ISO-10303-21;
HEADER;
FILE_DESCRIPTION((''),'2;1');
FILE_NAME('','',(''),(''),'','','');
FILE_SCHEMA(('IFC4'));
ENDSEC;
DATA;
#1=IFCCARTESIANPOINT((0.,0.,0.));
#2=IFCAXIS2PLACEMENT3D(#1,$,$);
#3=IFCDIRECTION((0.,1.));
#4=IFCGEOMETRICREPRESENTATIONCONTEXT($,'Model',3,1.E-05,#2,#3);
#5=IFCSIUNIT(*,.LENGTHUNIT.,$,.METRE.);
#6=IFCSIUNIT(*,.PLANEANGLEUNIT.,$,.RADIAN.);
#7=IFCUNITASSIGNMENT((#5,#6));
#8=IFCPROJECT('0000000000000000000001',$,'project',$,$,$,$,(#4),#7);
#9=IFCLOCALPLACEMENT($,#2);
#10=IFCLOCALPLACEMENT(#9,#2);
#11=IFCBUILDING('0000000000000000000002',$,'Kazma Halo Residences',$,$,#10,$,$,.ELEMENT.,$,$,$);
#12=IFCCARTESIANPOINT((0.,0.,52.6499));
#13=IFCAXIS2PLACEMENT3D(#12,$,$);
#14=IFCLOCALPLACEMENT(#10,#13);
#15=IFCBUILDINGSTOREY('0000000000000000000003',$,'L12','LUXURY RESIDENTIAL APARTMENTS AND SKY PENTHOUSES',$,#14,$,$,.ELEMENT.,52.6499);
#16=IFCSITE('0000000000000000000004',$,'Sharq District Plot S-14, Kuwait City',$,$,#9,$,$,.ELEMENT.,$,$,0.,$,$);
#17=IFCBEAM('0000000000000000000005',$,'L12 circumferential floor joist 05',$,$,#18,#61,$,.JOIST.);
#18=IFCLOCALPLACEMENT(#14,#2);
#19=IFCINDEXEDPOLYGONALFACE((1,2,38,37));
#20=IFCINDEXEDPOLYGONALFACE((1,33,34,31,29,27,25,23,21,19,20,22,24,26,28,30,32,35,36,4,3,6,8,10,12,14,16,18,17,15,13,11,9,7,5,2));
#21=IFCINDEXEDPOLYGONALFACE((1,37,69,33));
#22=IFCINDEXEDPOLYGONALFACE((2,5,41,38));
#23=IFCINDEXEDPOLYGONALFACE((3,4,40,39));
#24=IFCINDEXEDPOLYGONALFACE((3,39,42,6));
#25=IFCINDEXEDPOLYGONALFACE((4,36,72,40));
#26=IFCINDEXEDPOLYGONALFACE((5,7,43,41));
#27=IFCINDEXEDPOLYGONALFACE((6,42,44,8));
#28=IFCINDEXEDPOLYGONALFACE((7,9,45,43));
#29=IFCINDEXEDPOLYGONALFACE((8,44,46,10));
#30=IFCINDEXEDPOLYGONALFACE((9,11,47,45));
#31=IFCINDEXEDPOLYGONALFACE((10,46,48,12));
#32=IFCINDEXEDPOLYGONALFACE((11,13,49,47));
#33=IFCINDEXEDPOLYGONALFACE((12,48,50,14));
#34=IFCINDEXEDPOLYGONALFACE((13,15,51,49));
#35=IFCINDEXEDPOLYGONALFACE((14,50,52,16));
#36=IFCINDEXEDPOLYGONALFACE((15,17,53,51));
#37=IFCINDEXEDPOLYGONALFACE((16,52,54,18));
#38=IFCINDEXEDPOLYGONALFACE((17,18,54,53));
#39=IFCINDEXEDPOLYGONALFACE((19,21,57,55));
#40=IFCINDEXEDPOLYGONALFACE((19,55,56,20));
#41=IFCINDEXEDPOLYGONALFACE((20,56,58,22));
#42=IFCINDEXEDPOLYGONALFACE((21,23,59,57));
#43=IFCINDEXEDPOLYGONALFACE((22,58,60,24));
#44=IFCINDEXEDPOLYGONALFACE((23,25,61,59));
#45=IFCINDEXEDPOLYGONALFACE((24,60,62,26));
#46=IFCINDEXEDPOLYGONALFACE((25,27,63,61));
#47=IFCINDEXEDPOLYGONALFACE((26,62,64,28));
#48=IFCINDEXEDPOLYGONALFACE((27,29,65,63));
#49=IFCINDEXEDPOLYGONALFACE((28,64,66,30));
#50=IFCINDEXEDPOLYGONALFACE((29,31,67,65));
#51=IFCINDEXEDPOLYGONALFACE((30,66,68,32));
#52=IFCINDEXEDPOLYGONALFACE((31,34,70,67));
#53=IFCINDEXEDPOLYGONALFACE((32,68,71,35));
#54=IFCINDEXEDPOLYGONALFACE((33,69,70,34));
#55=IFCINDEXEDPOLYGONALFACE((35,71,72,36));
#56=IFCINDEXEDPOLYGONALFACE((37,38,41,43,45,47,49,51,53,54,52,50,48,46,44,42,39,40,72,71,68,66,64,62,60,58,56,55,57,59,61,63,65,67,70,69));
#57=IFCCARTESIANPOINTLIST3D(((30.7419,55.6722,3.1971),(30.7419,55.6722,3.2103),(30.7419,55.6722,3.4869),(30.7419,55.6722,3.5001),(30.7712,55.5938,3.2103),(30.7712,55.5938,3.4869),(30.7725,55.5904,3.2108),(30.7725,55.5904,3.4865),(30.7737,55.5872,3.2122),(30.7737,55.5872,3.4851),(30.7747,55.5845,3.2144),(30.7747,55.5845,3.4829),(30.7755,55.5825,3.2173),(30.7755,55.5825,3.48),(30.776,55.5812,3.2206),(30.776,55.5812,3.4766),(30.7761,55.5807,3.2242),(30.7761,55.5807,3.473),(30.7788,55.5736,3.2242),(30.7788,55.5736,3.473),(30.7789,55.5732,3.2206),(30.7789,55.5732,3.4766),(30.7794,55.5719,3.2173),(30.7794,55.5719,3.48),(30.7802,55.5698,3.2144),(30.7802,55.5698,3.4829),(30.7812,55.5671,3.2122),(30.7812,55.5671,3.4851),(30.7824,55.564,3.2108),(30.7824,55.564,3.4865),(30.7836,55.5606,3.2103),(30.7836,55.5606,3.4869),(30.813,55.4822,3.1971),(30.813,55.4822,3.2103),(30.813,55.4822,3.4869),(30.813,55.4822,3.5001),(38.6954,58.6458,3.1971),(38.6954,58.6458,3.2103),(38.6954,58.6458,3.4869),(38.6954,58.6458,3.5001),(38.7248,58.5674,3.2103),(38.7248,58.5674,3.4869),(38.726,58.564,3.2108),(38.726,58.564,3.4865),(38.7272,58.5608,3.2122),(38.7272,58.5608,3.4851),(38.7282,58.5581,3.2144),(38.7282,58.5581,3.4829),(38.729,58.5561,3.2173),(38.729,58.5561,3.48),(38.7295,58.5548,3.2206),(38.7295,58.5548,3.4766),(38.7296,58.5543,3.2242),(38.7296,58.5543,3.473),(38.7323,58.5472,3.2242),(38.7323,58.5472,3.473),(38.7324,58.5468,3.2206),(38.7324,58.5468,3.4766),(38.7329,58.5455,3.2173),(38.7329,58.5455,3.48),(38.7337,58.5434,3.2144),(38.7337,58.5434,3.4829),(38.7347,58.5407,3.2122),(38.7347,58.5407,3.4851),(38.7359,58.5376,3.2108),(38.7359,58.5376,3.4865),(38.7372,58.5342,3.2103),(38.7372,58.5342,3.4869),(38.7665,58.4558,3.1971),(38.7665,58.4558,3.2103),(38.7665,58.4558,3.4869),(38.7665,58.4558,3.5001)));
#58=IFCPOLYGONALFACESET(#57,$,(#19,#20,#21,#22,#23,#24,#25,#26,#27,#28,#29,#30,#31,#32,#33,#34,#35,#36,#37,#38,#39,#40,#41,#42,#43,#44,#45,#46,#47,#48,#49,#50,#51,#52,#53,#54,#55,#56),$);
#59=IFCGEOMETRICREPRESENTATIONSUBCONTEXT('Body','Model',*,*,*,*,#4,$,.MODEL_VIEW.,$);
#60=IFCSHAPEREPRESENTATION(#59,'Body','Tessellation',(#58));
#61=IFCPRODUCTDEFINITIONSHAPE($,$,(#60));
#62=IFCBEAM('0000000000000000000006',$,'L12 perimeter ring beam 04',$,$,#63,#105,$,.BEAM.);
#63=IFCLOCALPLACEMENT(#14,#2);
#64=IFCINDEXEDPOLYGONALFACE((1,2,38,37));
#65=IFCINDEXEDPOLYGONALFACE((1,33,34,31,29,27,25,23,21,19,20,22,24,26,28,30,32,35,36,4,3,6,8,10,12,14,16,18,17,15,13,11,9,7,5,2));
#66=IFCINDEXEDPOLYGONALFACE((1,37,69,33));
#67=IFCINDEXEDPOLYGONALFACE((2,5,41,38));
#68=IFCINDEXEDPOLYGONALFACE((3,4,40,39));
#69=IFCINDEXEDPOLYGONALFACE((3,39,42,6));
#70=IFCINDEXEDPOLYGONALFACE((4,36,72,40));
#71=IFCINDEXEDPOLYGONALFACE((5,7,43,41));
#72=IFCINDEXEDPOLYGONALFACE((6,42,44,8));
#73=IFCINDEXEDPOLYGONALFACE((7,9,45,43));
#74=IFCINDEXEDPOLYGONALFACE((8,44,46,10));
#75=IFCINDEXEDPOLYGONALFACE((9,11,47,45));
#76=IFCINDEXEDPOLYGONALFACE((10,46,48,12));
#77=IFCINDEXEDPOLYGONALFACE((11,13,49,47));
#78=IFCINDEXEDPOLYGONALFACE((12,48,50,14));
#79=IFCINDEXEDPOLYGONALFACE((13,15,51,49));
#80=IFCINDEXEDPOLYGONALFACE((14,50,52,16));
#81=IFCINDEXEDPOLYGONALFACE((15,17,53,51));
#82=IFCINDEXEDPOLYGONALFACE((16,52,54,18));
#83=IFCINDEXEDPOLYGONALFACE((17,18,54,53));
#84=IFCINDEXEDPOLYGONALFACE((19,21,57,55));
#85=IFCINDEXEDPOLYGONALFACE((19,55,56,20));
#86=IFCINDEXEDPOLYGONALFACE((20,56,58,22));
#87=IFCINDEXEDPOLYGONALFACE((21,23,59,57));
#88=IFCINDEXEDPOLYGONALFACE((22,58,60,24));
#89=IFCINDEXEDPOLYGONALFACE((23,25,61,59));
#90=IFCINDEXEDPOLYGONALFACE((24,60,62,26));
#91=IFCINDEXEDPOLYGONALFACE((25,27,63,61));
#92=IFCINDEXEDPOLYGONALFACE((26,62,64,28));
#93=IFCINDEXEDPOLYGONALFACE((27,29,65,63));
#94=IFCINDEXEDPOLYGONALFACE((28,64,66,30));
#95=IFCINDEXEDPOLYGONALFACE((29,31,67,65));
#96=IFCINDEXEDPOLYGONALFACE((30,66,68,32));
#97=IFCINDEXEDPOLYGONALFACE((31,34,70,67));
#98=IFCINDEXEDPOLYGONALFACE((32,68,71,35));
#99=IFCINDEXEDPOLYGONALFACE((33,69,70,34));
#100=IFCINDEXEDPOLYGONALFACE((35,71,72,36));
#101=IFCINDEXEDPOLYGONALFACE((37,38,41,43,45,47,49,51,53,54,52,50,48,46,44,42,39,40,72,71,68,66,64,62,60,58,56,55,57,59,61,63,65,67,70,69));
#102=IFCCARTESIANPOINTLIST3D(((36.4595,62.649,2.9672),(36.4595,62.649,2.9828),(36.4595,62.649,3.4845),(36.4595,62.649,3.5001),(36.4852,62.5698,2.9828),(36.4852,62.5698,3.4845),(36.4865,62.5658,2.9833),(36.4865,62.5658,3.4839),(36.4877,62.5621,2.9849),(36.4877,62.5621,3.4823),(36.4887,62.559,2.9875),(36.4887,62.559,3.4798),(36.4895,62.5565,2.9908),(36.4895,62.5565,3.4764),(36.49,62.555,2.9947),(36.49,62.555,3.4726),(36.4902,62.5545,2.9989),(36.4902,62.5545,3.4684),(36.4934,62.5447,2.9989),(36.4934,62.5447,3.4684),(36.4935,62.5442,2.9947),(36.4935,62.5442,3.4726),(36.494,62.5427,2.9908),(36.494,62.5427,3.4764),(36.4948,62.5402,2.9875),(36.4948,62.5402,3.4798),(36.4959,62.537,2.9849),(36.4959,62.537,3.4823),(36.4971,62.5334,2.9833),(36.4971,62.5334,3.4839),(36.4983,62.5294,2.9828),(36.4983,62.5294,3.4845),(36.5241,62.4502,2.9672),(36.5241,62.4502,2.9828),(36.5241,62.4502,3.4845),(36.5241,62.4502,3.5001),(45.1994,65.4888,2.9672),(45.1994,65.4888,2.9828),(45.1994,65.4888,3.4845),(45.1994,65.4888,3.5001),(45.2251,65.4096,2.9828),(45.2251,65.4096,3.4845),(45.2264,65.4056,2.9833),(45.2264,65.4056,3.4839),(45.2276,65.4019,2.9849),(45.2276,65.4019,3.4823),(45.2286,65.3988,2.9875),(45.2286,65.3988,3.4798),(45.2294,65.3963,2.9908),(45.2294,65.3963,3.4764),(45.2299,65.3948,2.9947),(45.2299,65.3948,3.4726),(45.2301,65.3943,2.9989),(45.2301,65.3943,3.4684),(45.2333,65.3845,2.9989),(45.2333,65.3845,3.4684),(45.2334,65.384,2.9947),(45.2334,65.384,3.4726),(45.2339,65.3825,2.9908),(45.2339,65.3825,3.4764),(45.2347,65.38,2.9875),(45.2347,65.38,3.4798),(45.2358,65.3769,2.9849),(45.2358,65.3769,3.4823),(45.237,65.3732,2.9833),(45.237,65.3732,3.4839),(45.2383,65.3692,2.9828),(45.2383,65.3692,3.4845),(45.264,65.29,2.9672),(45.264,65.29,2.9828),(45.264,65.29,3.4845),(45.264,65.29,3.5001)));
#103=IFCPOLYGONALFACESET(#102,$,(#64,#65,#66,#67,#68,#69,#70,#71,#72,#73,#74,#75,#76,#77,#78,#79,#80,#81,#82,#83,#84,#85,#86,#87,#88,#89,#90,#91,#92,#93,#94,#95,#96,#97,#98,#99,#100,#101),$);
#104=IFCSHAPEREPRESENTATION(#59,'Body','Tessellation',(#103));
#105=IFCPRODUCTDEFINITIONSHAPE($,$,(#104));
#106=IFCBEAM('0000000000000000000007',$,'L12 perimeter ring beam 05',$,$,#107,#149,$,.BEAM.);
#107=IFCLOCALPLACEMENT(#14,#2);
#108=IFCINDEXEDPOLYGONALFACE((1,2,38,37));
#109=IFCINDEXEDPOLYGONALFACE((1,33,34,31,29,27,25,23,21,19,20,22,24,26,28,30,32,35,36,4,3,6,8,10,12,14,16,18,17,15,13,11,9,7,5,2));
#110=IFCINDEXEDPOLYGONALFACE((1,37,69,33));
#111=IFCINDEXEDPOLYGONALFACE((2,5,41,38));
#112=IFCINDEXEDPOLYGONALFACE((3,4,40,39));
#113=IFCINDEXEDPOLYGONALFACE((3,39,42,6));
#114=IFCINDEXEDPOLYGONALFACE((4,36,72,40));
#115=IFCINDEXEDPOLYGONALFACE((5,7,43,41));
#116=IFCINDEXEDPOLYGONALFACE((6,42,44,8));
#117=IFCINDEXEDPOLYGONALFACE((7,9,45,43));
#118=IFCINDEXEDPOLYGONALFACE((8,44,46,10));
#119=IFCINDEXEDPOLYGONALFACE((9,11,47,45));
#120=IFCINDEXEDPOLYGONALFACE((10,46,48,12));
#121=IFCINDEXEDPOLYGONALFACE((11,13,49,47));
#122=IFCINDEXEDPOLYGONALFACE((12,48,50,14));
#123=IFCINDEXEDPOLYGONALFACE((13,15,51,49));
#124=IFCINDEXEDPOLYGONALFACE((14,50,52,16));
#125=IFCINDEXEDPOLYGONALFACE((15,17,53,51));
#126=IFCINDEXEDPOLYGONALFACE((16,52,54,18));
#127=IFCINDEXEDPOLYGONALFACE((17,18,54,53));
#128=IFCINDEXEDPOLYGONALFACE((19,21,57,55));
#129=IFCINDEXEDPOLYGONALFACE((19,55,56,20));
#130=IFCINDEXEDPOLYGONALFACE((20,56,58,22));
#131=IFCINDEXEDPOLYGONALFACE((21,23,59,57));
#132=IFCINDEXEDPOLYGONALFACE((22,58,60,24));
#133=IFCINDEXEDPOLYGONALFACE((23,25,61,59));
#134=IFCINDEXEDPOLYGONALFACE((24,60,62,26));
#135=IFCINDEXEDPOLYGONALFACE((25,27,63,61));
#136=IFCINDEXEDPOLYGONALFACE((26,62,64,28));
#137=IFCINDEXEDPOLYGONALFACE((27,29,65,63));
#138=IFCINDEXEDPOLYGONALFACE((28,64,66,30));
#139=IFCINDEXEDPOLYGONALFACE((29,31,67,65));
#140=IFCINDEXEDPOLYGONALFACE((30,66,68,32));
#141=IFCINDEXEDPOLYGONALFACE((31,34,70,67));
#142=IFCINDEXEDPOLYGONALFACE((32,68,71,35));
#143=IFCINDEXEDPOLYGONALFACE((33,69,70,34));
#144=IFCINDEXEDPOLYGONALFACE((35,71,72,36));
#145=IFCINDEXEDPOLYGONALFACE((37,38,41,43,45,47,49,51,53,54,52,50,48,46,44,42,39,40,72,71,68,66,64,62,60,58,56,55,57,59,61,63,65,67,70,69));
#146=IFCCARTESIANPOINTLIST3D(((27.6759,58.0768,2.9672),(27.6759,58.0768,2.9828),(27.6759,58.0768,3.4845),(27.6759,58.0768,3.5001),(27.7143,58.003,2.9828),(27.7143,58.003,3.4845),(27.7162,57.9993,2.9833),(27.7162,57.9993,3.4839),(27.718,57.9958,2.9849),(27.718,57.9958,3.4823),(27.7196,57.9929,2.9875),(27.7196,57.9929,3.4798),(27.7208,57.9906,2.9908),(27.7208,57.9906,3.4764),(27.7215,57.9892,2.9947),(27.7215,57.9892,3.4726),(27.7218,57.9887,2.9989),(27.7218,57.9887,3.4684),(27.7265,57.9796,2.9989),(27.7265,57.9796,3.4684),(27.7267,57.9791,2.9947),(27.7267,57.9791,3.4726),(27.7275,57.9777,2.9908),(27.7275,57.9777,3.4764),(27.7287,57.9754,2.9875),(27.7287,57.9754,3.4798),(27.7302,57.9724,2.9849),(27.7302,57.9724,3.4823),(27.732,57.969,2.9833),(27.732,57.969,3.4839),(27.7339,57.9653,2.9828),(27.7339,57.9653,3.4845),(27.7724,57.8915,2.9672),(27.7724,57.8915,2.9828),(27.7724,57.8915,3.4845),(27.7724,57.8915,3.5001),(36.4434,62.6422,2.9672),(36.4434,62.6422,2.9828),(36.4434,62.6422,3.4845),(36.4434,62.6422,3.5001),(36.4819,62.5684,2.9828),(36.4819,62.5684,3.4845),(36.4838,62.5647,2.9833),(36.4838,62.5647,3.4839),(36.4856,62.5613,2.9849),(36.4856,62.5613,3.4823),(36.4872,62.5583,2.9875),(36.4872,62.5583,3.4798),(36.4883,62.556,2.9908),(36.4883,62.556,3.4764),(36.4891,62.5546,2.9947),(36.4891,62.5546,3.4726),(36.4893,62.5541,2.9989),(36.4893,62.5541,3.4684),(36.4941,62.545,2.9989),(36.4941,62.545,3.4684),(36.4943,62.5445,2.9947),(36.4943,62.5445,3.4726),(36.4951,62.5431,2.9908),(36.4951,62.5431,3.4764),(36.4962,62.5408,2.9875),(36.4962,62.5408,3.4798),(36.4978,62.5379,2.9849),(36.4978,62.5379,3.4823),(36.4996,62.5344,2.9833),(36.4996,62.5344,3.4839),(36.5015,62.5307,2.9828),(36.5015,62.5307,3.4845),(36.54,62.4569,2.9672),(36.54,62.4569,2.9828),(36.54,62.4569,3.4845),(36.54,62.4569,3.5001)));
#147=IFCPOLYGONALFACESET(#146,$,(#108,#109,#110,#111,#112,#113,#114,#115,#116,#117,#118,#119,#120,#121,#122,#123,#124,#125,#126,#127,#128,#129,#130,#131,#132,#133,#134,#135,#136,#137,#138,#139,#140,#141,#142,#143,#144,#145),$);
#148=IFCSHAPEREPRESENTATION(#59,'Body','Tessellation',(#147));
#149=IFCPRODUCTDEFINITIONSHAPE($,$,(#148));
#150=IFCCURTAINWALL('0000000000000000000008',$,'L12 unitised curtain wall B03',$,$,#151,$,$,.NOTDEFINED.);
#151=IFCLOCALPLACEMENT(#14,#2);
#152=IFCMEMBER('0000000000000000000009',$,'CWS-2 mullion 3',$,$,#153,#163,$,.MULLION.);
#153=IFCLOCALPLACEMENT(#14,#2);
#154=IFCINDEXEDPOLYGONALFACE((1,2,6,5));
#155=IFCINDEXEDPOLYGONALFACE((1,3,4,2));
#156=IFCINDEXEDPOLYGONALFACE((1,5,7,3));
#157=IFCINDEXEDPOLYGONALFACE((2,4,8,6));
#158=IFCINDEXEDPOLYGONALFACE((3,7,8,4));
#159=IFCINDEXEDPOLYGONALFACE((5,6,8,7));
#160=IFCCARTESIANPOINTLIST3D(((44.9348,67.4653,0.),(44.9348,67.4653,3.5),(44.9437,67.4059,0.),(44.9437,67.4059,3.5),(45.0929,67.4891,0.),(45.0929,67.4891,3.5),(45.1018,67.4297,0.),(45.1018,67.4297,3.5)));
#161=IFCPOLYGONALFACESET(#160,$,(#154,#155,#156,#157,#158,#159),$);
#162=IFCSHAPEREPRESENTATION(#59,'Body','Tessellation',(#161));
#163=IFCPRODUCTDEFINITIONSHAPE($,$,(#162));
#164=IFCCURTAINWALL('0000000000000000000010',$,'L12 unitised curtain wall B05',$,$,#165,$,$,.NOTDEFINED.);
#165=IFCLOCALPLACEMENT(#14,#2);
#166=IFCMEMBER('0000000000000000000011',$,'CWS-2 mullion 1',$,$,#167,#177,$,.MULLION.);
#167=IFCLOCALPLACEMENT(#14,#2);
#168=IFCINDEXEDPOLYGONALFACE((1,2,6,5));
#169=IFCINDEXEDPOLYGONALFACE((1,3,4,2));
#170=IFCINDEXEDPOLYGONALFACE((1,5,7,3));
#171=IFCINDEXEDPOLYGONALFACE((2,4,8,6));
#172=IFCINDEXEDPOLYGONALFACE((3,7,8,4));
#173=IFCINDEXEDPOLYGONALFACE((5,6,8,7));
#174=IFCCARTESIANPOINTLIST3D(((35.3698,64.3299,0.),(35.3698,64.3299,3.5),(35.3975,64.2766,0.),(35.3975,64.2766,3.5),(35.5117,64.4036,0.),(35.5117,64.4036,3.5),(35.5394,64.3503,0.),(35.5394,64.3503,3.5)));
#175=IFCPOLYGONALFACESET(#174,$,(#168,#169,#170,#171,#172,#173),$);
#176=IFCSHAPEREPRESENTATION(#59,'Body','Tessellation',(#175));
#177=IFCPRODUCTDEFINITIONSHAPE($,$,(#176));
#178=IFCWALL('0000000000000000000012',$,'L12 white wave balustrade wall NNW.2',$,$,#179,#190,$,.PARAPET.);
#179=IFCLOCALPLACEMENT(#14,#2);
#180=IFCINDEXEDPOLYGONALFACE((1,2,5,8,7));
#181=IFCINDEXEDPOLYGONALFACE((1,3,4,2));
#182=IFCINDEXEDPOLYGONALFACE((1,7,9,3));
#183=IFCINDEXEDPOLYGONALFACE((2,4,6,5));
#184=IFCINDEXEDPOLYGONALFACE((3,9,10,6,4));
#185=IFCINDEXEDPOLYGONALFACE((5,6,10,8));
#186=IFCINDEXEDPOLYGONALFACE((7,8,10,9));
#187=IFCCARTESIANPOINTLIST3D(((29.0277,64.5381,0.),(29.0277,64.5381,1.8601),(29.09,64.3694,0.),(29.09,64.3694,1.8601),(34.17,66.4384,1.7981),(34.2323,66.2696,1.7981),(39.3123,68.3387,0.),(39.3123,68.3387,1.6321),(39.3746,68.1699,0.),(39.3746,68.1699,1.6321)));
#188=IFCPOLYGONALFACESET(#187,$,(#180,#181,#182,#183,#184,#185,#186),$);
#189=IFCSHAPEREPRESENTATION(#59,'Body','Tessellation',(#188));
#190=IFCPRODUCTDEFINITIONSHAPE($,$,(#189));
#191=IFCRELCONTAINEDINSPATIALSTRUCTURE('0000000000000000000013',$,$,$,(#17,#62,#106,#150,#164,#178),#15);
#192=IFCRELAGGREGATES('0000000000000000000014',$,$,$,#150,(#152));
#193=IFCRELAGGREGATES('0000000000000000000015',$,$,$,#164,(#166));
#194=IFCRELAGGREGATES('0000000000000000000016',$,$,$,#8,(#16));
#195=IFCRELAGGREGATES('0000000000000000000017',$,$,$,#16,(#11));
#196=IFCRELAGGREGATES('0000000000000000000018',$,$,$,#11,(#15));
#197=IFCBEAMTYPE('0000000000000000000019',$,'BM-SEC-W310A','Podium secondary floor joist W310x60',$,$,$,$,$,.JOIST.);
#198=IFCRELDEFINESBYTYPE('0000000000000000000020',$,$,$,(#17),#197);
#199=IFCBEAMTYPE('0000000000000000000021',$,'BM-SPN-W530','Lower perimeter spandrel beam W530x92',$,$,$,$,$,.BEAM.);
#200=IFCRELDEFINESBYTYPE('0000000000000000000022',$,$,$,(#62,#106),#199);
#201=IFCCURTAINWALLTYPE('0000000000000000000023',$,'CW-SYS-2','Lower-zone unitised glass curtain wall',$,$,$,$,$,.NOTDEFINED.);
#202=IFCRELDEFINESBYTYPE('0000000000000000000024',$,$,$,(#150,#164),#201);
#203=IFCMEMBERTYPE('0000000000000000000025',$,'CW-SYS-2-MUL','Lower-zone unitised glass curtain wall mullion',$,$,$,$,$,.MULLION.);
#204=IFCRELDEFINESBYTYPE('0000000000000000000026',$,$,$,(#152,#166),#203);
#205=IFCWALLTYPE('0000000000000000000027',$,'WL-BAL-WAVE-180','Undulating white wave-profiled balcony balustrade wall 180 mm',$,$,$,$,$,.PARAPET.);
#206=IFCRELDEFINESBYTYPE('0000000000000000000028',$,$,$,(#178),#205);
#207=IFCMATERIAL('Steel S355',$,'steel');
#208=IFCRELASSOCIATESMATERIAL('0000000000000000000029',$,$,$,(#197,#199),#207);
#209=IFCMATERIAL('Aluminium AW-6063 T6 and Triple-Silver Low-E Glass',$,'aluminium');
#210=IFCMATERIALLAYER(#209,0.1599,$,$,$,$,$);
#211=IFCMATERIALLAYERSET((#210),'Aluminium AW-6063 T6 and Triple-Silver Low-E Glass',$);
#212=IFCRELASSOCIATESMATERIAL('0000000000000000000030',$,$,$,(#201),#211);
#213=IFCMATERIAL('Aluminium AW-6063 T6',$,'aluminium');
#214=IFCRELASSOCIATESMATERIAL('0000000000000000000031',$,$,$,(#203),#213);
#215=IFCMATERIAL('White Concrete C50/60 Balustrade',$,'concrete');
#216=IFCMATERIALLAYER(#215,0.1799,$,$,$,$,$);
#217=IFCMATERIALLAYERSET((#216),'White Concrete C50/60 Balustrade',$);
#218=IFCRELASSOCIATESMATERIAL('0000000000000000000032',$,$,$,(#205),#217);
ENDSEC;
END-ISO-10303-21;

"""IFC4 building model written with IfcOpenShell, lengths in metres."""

from ifc_helpers import new_model, si_unit, direction, frame, origin, origin_2d, place, context, subcontext, project, spatial, polyline, rectangle, i_section, outline, extrude, material, layer, layer_set, material_profile, profile_set, type_object, element, aggregate, save


model = new_model("IFC4")

# Units and contexts
model_context = context("Model", 3, precision=1e-05, world=origin(), true_north=direction((0.0, 1.0)))
body_context = subcontext(model_context, "Body", "Model", "MODEL_VIEW")
ifc_project = project(units=[si_unit("LENGTHUNIT", "METRE"), si_unit("PLANEANGLEUNIT", "RADIAN")], contexts=[model_context])

# Site, building, storey
site_placement = place(None, origin())
site = spatial("IfcSite", under=ifc_project, at=site_placement, Name="Sharq District Plot S-14, Kuwait City", CompositionType="ELEMENT", RefElevation=0.0)
building_placement = place(site_placement, origin())
building = spatial("IfcBuilding", under=site, at=building_placement, Name="Kazma Halo Residences", CompositionType="ELEMENT")
storey_placement = place(building_placement, frame((0.0, 0.0, 52.6499)))
storey = spatial("IfcBuildingStorey", under=building, at=storey_placement, Name="L12", Description="LUXURY RESIDENTIAL APARTMENTS AND SKY PENTHOUSES", CompositionType="ELEMENT", Elevation=52.6499)

# Beams
ifc_material_1 = material(Name="Steel S355", Category="steel")
ifc_material_profile_1 = material_profile(ifc_material_1, i_section(OverallWidth=0.2029, OverallDepth=0.303, WebThickness=0.0076, FlangeThickness=0.0132, FilletRadius=0.0139, at=origin_2d()), Name="W310x60")
ifc_profile_set_1 = profile_set([ifc_material_profile_1], Name="Steel S355")
beam_type_1 = type_object("IfcBeamType", Name="BM-SEC-W310A", Description="Podium secondary floor joist W310x60", PredefinedType="JOIST", material=ifc_profile_set_1)
beam_1_placement = place(storey_placement, frame((38.731, 58.5508, 3.3486), z_axis=(-0.936676, -0.350197, 0.0), x_axis=(0.350197, -0.936676, 0.0)))
element("IfcBeam", 1, at=beam_1_placement, inside=storey, type_object=beam_type_1, Name="L12 circumferential floor joist 05", PredefinedType="JOIST", context=body_context, shape_type="SweptSolid", body=[
    extrude(i_section(OverallWidth=0.2029, OverallDepth=0.303, WebThickness=0.0076, FlangeThickness=0.0132, FilletRadius=0.0139, at=origin_2d()), origin(), (0.0, 0.0, 1.0), 8.4912),
])
ifc_material_profile_2 = material_profile(ifc_material_1, i_section(OverallWidth=0.209, OverallDepth=0.533, WebThickness=0.0103, FlangeThickness=0.0156, FilletRadius=0.0161, at=origin_2d()), Name="W530x92")
ifc_profile_set_2 = profile_set([ifc_material_profile_2], Name="Steel S355")
beam_type_2 = type_object("IfcBeamType", Name="BM-SPN-W530", Description="Lower perimeter spandrel beam W530x92", PredefinedType="BEAM", material=ifc_profile_set_2)
beam_2_placement = place(storey_placement, frame((45.2317, 65.3894, 3.2336), z_axis=(-0.951055, -0.309022, 0.0), x_axis=(0.309022, -0.951055, 0.0)))
element("IfcBeam", 2, at=beam_2_placement, inside=storey, type_object=beam_type_2, Name="L12 perimeter ring beam 04", PredefinedType="BEAM", context=body_context, shape_type="SweptSolid", body=[
    extrude(i_section(OverallWidth=0.209, OverallDepth=0.533, WebThickness=0.0103, FlangeThickness=0.0156, FilletRadius=0.0161, at=origin_2d()), origin(), (0.0, 0.0, 1.0), 9.1897),
])
beam_3_placement = place(storey_placement, frame((36.4917, 62.5496, 3.2336), z_axis=(-0.886956, -0.461853, 0.0), x_axis=(0.461853, -0.886956, 0.0)))
element("IfcBeam", 3, at=beam_3_placement, inside=storey, type_object=beam_type_2, Name="L12 perimeter ring beam 05", PredefinedType="BEAM", context=body_context, shape_type="SweptSolid", body=[
    extrude(i_section(OverallWidth=0.209, OverallDepth=0.533, WebThickness=0.0103, FlangeThickness=0.0156, FilletRadius=0.0161, at=origin_2d()), origin(), (0.0, 0.0, 1.0), 9.885),
])

# Curtain walls, members
ifc_material_2 = material(Name="Aluminium AW-6063 T6 and Triple-Silver Low-E Glass", Category="aluminium")
ifc_layer_1 = layer(ifc_material_2, 0.1599)
ifc_layer_set_1 = layer_set([ifc_layer_1], Name="Aluminium AW-6063 T6 and Triple-Silver Low-E Glass")
curtain_wall_type = type_object("IfcCurtainWallType", Name="CW-SYS-2", Description="Lower-zone unitised glass curtain wall", PredefinedType="NOTDEFINED", material=ifc_layer_set_1)
curtain_wall_1_placement = place(storey_placement, origin())
curtain_wall_1 = element("IfcCurtainWall", 4, at=curtain_wall_1_placement, inside=storey, type_object=curtain_wall_type, Name="L12 unitised curtain wall B03", PredefinedType="NOTDEFINED")
ifc_material_3 = material(Name="Aluminium AW-6063 T6", Category="aluminium")
ifc_material_profile_3 = material_profile(ifc_material_3, rectangle(XDim=0.0601, YDim=0.1599, at=origin_2d()), Name="CWM-60x160")
ifc_profile_set_3 = profile_set([ifc_material_profile_3], Name="Aluminium AW-6063 T6")
member_type = type_object("IfcMemberType", Name="CW-SYS-2-MUL", Description="Lower-zone unitised glass curtain wall mullion", PredefinedType="MULLION", material=ifc_profile_set_3)
member_1_placement = place(storey_placement, frame((45.0183, 67.4475, 0.0), z_axis=(0.0, 0.0, 1.0), x_axis=(0.148657, -0.988889, 0.0)))
member_1 = element("IfcMember", 5, at=member_1_placement, type_object=member_type, Name="CWS-2 mullion 3", PredefinedType="MULLION", context=body_context, shape_type="SweptSolid", body=[
    extrude(rectangle(XDim=0.0601, YDim=0.1599, at=origin_2d()), origin(), (0.0, 0.0, 1.0), 3.5),
])
aggregate(curtain_wall_1, [member_1])
curtain_wall_2_placement = place(storey_placement, origin())
curtain_wall_2 = element("IfcCurtainWall", 6, at=curtain_wall_2_placement, inside=storey, type_object=curtain_wall_type, Name="L12 unitised curtain wall B05", PredefinedType="NOTDEFINED")
member_2_placement = place(storey_placement, frame((35.4546, 64.3401, 0.0), z_axis=(0.0, 0.0, 1.0), x_axis=(0.460996, -0.887402, 0.0)))
member_2 = element("IfcMember", 7, at=member_2_placement, type_object=member_type, Name="CWS-2 mullion 1", PredefinedType="MULLION", context=body_context, shape_type="SweptSolid", body=[
    extrude(rectangle(XDim=0.0601, YDim=0.1599, at=origin_2d()), origin(), (0.0, 0.0, 1.0), 3.5),
])
aggregate(curtain_wall_2, [member_2])

# Wall
ifc_material_4 = material(Name="White Concrete C50/60 Balustrade", Category="concrete")
ifc_layer_2 = layer(ifc_material_4, 0.1799)
ifc_layer_set_2 = layer_set([ifc_layer_2], Name="White Concrete C50/60 Balustrade")
wall_type_1 = type_object("IfcWallType", Name="WL-BAL-WAVE-180", Description="Undulating white wave-profiled balcony balustrade wall 180 mm", PredefinedType="PARAPET", material=ifc_layer_set_2)
wall_1_placement = place(storey_placement, frame((39.3435, 68.2542, 0.0), z_axis=(0.0, 0.0, 1.0), x_axis=(-0.938004, -0.346625, 0.0)))
element("IfcWall", 8, at=wall_1_placement, inside=storey, type_object=wall_type_1, Name="L12 white wave balustrade wall NNW.2", PredefinedType="PARAPET", context=body_context, shape_type="SweptSolid", body=[
    extrude(outline(polyline([(0.0, 0.0), (10.9644, 0.0), (10.9644, 1.8601), (5.4822, 1.7981), (0.0, 1.6321), (0.0, 0.0)])), frame((0.0, 0.0898, 0.0), z_axis=(0.0, -1.0, 0.0), x_axis=(1.0, 0.0, 0.0)), (0.0, 0.0, 1.0), 0.1799),
])

save(model, "model.ifc")
